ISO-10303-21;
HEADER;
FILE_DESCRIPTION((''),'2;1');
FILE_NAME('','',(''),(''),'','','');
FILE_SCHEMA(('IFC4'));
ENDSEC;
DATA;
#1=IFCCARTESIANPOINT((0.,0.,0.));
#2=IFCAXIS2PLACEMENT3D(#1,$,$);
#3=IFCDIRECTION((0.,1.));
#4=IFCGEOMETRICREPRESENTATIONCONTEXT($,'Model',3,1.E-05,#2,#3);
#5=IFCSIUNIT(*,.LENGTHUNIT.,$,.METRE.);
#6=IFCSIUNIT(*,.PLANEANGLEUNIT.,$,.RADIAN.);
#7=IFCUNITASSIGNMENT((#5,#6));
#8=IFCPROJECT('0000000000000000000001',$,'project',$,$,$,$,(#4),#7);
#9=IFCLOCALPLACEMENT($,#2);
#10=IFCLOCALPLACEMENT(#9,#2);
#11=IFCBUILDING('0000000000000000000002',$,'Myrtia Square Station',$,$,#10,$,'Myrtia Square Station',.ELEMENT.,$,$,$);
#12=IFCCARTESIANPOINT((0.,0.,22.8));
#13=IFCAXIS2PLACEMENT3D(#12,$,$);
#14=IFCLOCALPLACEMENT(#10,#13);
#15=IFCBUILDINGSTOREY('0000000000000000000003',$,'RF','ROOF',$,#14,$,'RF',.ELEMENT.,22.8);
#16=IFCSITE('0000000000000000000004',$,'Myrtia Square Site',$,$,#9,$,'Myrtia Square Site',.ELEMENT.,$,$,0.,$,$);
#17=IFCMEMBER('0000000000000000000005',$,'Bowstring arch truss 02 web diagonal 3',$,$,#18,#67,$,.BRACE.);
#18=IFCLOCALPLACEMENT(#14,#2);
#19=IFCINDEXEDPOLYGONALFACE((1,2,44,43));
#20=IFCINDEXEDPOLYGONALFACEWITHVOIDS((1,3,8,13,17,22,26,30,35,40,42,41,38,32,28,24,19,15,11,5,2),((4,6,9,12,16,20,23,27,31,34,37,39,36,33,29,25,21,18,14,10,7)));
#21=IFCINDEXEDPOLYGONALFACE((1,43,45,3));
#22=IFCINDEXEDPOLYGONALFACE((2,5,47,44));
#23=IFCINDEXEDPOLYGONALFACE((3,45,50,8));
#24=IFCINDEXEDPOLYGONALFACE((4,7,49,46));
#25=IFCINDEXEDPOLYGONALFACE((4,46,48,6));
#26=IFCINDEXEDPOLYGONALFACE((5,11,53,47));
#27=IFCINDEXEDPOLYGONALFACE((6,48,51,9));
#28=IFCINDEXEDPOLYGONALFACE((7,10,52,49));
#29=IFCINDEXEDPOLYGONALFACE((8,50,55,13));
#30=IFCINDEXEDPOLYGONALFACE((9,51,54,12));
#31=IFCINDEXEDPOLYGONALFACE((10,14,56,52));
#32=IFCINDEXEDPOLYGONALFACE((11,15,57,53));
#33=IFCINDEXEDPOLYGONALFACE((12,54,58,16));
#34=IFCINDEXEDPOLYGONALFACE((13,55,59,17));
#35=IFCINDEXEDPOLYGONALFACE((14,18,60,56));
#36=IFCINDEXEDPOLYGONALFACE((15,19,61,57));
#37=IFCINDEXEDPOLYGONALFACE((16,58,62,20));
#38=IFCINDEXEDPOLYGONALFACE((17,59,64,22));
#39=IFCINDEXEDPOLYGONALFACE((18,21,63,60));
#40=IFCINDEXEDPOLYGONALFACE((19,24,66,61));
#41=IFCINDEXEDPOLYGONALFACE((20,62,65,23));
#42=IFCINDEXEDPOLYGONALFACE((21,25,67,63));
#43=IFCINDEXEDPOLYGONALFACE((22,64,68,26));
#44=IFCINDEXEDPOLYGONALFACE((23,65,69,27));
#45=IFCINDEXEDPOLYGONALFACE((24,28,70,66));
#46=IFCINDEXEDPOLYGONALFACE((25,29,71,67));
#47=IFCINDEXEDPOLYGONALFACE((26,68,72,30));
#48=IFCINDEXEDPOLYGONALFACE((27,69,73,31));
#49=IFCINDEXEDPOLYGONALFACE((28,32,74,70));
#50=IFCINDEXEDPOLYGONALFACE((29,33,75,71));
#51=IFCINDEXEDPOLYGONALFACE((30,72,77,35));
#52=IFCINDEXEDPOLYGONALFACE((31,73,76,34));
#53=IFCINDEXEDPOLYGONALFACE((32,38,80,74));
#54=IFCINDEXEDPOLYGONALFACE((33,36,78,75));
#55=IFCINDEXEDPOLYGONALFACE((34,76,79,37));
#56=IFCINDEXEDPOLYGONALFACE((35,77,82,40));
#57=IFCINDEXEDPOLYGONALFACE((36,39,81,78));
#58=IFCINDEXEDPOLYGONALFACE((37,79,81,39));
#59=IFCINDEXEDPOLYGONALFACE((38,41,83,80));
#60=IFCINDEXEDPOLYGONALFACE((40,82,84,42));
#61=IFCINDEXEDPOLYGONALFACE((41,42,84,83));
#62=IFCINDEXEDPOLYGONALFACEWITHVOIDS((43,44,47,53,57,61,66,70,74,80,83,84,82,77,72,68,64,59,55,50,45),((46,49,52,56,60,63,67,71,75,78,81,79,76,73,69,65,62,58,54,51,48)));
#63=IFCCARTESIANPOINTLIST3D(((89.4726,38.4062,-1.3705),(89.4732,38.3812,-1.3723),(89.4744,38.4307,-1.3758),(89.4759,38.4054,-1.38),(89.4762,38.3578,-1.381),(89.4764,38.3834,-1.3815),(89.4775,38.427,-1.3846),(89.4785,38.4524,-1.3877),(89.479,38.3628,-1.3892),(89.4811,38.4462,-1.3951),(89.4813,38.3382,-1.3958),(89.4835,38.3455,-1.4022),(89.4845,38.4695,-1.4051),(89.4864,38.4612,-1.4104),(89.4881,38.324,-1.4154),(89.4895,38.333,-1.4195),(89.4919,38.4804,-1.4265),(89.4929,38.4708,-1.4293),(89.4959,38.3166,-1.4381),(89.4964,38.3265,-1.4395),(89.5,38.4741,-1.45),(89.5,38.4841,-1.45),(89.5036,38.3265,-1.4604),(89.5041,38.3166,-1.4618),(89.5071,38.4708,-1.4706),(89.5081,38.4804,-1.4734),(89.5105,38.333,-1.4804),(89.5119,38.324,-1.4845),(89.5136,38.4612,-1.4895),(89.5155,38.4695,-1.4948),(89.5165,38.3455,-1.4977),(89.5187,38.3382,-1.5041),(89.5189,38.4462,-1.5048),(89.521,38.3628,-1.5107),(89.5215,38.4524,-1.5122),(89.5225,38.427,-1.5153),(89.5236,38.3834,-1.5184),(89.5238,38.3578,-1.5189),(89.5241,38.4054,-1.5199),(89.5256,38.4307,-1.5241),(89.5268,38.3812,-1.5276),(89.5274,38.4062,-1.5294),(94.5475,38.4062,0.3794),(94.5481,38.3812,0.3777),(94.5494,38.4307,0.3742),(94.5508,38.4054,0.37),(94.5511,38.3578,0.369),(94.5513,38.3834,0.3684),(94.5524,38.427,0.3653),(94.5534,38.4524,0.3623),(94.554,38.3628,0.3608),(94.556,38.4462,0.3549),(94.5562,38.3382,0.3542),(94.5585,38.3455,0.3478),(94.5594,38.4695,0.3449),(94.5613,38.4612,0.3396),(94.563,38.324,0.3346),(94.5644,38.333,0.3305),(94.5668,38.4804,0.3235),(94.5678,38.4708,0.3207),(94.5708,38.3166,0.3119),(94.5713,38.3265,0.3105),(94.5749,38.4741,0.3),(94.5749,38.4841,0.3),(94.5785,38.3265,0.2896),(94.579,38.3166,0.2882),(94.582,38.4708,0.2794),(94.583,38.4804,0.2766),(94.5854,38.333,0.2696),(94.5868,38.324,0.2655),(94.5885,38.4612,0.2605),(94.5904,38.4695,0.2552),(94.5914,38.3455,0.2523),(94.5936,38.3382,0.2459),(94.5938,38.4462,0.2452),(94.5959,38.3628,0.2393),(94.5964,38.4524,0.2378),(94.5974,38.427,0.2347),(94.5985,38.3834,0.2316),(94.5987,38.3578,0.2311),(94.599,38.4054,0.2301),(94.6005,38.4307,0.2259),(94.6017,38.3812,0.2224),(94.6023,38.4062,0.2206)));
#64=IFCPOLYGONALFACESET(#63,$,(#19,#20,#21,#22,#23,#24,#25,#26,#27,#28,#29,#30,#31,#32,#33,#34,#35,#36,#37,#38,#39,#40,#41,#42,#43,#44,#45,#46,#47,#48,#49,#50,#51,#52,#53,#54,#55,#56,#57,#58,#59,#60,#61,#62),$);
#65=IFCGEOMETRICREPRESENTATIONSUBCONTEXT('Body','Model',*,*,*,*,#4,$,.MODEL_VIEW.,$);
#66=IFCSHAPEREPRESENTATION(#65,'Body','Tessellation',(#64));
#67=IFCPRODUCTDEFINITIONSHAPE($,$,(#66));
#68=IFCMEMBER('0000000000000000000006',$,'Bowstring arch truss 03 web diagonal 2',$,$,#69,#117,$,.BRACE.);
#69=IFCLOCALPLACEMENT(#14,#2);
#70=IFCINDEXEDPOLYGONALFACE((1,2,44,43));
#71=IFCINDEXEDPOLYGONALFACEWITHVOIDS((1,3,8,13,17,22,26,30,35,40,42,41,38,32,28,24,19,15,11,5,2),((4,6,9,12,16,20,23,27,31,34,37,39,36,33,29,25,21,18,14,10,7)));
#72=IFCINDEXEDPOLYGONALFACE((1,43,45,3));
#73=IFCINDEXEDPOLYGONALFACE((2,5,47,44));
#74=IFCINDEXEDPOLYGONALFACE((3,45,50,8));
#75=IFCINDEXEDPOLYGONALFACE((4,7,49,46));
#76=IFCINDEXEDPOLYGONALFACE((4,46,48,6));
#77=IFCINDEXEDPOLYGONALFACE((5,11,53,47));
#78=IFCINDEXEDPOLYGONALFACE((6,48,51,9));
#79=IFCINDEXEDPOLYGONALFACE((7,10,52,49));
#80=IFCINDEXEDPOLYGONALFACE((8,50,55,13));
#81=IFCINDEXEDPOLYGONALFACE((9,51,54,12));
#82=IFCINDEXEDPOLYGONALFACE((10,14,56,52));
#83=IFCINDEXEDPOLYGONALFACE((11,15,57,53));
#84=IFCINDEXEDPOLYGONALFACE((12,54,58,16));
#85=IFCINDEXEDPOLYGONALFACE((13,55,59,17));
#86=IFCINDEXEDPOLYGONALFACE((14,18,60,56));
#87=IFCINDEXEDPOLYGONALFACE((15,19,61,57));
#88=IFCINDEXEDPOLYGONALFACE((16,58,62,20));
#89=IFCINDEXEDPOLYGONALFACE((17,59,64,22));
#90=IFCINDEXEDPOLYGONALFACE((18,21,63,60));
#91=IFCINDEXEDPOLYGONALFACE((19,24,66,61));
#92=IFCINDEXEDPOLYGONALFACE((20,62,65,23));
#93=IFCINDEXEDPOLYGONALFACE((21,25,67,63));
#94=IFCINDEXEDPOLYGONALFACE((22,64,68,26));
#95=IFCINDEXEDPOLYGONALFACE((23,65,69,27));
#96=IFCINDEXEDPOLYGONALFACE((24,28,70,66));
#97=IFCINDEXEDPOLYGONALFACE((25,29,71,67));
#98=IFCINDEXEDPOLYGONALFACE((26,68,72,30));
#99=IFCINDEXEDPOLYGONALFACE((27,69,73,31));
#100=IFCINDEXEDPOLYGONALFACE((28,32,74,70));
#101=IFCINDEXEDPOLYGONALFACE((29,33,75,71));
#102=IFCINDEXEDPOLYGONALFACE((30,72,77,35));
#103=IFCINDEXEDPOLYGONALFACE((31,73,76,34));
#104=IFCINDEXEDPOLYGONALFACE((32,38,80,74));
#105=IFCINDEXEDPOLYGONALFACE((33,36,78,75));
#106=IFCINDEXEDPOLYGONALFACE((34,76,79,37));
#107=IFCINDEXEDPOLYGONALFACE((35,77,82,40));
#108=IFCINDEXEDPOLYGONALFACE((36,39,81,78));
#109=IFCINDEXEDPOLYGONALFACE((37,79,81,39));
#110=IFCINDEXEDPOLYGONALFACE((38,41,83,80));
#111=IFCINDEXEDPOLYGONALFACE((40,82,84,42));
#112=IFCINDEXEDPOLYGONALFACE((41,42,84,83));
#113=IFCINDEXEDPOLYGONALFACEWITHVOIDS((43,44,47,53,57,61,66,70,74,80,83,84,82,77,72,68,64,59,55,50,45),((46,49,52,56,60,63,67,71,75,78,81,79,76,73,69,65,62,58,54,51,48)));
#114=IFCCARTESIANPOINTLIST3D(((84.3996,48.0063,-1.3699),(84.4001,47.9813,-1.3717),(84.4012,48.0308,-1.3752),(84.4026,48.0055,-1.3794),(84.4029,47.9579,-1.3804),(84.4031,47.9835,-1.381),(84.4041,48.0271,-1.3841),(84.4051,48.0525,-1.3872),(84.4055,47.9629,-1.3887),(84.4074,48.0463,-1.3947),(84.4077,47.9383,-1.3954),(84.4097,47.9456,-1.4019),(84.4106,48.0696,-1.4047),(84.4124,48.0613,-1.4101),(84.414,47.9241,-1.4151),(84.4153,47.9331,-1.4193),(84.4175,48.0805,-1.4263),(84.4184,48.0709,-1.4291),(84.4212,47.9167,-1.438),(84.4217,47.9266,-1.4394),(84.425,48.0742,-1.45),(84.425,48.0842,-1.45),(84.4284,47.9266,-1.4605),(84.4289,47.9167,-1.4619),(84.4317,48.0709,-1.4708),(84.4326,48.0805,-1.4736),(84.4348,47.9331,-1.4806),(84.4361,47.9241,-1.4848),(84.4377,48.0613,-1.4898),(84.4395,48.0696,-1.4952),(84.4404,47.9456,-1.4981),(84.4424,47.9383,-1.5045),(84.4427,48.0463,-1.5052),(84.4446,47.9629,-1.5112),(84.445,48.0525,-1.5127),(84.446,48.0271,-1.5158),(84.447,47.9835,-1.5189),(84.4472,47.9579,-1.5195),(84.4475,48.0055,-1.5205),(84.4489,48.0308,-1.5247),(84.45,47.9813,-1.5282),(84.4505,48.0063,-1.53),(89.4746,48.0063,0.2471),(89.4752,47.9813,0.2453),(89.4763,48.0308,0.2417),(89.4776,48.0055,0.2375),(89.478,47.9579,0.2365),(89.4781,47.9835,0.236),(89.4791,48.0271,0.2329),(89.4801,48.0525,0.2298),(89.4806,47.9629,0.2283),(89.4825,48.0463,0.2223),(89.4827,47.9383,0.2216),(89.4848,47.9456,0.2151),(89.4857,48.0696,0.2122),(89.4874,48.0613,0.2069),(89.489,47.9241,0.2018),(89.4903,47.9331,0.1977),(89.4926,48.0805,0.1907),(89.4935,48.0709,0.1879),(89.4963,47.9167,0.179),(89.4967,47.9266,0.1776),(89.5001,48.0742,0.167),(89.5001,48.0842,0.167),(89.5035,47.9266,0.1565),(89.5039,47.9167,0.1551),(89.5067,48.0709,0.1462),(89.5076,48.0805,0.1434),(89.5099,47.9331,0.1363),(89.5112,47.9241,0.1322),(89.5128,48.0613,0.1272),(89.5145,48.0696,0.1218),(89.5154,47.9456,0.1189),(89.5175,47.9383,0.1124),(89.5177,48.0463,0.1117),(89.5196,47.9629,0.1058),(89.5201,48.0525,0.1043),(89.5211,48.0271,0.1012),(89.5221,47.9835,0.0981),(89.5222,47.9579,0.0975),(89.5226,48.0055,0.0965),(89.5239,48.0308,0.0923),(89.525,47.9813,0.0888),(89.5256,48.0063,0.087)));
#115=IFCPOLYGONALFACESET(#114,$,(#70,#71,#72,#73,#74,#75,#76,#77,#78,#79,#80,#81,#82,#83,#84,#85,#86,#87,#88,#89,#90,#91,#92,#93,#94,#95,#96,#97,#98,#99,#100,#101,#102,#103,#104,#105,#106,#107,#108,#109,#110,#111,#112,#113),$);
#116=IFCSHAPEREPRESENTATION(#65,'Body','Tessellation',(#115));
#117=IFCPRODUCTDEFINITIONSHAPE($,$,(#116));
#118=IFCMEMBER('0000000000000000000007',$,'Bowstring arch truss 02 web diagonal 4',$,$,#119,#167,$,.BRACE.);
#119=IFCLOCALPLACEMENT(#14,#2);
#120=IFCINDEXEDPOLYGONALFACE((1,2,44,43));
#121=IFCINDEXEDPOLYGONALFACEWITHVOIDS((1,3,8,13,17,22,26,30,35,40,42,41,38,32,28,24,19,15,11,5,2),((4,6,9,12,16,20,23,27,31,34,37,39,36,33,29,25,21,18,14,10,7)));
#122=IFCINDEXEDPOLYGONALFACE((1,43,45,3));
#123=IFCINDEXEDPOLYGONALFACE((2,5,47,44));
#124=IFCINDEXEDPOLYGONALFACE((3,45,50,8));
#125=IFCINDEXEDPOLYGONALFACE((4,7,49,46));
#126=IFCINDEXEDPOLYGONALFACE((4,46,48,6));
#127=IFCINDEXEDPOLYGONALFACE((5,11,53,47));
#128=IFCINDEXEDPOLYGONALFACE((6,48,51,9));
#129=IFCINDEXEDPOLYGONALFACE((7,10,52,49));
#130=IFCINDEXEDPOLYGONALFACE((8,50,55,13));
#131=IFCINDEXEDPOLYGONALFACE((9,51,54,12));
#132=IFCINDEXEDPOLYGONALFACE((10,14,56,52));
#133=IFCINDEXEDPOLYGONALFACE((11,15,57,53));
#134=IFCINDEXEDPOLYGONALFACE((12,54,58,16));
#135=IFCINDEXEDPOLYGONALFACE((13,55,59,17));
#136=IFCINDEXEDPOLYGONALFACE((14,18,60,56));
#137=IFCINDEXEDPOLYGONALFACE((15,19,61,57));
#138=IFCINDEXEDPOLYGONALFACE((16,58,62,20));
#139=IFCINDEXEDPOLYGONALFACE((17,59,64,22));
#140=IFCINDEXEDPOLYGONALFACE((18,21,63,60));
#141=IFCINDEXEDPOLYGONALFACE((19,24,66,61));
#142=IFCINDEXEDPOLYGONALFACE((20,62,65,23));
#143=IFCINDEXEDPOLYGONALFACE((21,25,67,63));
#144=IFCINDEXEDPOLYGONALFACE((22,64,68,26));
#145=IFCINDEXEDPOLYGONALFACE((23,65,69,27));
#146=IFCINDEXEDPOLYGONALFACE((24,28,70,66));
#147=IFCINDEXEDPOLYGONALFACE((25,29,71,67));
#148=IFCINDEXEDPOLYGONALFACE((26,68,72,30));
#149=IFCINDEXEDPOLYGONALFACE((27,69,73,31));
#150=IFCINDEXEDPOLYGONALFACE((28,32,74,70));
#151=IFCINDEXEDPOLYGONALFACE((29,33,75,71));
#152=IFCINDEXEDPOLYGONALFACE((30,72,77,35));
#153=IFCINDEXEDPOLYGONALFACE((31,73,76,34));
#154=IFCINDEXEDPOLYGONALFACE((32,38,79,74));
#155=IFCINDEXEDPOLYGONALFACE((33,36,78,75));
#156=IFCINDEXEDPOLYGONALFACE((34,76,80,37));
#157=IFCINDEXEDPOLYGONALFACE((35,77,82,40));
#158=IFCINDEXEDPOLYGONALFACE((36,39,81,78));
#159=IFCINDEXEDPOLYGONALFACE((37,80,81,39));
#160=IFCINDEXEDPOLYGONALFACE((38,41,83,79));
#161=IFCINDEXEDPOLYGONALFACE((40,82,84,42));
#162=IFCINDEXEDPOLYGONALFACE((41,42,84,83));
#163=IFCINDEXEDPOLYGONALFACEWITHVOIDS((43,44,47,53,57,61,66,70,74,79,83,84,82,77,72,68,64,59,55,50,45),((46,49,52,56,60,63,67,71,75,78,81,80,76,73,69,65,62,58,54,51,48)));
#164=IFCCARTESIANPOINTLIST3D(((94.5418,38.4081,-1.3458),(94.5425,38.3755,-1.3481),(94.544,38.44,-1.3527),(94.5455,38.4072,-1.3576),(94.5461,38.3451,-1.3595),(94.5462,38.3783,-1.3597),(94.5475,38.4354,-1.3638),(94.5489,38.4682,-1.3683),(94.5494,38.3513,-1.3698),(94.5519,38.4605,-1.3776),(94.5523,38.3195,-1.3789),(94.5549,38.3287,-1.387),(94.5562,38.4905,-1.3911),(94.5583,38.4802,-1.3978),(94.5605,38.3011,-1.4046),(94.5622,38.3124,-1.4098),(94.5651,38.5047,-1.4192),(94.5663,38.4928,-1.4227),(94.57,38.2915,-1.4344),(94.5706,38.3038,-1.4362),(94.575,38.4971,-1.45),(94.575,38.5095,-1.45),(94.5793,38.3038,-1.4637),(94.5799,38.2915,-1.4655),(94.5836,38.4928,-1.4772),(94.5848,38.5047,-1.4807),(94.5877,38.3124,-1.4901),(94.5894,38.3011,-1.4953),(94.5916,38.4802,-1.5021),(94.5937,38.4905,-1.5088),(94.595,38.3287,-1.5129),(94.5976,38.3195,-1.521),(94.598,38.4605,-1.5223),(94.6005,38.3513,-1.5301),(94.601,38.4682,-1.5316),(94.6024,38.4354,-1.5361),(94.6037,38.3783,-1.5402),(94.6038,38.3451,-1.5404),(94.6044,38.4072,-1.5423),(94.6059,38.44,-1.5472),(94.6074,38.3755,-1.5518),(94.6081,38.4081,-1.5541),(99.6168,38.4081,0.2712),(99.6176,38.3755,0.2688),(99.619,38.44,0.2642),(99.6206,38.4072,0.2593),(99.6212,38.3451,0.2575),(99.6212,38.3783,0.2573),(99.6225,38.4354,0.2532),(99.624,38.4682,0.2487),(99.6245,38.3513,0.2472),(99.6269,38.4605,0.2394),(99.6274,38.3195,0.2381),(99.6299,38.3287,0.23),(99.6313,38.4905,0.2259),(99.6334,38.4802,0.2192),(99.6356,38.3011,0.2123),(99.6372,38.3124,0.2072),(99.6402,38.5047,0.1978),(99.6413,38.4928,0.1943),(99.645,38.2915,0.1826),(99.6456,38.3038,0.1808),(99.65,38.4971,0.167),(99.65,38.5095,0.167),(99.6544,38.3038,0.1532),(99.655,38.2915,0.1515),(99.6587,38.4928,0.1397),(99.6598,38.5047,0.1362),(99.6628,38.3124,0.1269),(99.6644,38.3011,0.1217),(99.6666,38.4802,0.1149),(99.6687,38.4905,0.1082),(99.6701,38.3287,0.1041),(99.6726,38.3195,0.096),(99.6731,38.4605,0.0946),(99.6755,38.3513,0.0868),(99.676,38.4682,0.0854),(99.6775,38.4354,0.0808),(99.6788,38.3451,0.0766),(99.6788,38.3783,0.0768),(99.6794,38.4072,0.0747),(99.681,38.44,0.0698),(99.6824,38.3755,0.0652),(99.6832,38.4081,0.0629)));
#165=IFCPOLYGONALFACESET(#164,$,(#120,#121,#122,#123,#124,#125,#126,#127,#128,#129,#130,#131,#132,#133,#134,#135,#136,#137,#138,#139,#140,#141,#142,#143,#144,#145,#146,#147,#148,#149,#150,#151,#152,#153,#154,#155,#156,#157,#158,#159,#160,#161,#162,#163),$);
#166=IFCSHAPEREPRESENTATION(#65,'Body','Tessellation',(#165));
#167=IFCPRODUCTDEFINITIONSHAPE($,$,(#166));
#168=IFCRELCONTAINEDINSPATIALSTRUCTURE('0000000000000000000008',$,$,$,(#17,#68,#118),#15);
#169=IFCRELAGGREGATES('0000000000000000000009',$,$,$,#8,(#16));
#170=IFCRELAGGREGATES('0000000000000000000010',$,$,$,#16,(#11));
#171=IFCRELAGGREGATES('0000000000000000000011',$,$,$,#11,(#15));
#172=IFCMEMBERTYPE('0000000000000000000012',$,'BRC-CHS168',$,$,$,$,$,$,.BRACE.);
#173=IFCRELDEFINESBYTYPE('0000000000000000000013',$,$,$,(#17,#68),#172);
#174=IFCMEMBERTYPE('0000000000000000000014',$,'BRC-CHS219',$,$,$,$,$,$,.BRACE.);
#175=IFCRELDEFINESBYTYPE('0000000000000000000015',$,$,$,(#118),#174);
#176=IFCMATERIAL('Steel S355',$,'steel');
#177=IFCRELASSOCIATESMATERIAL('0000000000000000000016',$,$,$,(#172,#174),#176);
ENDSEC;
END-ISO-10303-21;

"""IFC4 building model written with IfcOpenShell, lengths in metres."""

from ifc_helpers import new_model, si_unit, direction, frame, origin, origin_2d, place, context, subcontext, project, spatial, hollow_circle, extrude, material, material_profile, profile_set, type_object, element, save


model = new_model("IFC4")

# Units and contexts
model_context = context("Model", 3, precision=1e-05, world=origin(), true_north=direction((0.0, 1.0)))
body_context = subcontext(model_context, "Body", "Model", "MODEL_VIEW")
ifc_project = project(units=[si_unit("LENGTHUNIT", "METRE"), si_unit("PLANEANGLEUNIT", "RADIAN")], contexts=[model_context])

# Site, building, storey
site_placement = place(None, origin())
site = spatial("IfcSite", under=ifc_project, at=site_placement, Name="Myrtia Square Site", LongName="Myrtia Square Site", CompositionType="ELEMENT", RefElevation=0.0)
building_placement = place(site_placement, origin())
building = spatial("IfcBuilding", under=site, at=building_placement, Name="Myrtia Square Station", LongName="Myrtia Square Station", CompositionType="ELEMENT")
storey_placement = place(building_placement, frame((0.0, 0.0, 22.8)))
storey = spatial("IfcBuildingStorey", under=building, at=storey_placement, Name="RF", Description="ROOF", LongName="RF", CompositionType="ELEMENT", Elevation=22.8)

# Members
ifc_material_1 = material(Name="Steel S355", Category="steel")
ifc_material_profile_1 = material_profile(ifc_material_1, hollow_circle(Radius=0.0842, WallThickness=0.01, at=origin_2d()), Name="CHS 168.3x10")
ifc_profile_set_1 = profile_set([ifc_material_profile_1], Name="Steel S355")
member_type_1 = type_object("IfcMemberType", Name="BRC-CHS168", PredefinedType="BRACE", material=ifc_profile_set_1)
member_1_placement = place(storey_placement, frame((89.5, 38.3999, -1.45), z_axis=(0.945372, 0.0, 0.325993), x_axis=(0.0, 1.0, 0.0)))
element("IfcMember", 1, at=member_1_placement, inside=storey, type_object=member_type_1, Name="Bowstring arch truss 02 web diagonal 3", PredefinedType="BRACE", context=body_context, shape_type="SweptSolid", body=[
    extrude(hollow_circle(Radius=0.0842, WallThickness=0.01, at=origin_2d()), origin(), (0.0, 0.0, 1.0), 5.3682),
])
member_2_placement = place(storey_placement, frame((84.425, 48.0, -1.45), z_axis=(0.952807, 0.0, 0.303576), x_axis=(0.0, 1.0, 0.0)))
element("IfcMember", 2, at=member_2_placement, inside=storey, type_object=member_type_1, Name="Bowstring arch truss 03 web diagonal 2", PredefinedType="BRACE", context=body_context, shape_type="SweptSolid", body=[
    extrude(hollow_circle(Radius=0.0842, WallThickness=0.01, at=origin_2d()), origin(), (0.0, 0.0, 1.0), 5.3264),
])
ifc_material_profile_2 = material_profile(ifc_material_1, hollow_circle(Radius=0.1096, WallThickness=0.0125, at=origin_2d()), Name="CHS 219.1x12.5")
ifc_profile_set_2 = profile_set([ifc_material_profile_2], Name="Steel S355")
member_type_2 = type_object("IfcMemberType", Name="BRC-CHS219", PredefinedType="BRACE", material=ifc_profile_set_2)
member_3_placement = place(storey_placement, frame((94.575, 38.3999, -1.45), z_axis=(0.952807, 0.0, 0.303576), x_axis=(0.0, 1.0, 0.0)))
element("IfcMember", 3, at=member_3_placement, inside=storey, type_object=member_type_2, Name="Bowstring arch truss 02 web diagonal 4", PredefinedType="BRACE", context=body_context, shape_type="SweptSolid", body=[
    extrude(hollow_circle(Radius=0.1096, WallThickness=0.0125, at=origin_2d()), origin(), (0.0, 0.0, 1.0), 5.3264),
])

save(model, "model.ifc")
